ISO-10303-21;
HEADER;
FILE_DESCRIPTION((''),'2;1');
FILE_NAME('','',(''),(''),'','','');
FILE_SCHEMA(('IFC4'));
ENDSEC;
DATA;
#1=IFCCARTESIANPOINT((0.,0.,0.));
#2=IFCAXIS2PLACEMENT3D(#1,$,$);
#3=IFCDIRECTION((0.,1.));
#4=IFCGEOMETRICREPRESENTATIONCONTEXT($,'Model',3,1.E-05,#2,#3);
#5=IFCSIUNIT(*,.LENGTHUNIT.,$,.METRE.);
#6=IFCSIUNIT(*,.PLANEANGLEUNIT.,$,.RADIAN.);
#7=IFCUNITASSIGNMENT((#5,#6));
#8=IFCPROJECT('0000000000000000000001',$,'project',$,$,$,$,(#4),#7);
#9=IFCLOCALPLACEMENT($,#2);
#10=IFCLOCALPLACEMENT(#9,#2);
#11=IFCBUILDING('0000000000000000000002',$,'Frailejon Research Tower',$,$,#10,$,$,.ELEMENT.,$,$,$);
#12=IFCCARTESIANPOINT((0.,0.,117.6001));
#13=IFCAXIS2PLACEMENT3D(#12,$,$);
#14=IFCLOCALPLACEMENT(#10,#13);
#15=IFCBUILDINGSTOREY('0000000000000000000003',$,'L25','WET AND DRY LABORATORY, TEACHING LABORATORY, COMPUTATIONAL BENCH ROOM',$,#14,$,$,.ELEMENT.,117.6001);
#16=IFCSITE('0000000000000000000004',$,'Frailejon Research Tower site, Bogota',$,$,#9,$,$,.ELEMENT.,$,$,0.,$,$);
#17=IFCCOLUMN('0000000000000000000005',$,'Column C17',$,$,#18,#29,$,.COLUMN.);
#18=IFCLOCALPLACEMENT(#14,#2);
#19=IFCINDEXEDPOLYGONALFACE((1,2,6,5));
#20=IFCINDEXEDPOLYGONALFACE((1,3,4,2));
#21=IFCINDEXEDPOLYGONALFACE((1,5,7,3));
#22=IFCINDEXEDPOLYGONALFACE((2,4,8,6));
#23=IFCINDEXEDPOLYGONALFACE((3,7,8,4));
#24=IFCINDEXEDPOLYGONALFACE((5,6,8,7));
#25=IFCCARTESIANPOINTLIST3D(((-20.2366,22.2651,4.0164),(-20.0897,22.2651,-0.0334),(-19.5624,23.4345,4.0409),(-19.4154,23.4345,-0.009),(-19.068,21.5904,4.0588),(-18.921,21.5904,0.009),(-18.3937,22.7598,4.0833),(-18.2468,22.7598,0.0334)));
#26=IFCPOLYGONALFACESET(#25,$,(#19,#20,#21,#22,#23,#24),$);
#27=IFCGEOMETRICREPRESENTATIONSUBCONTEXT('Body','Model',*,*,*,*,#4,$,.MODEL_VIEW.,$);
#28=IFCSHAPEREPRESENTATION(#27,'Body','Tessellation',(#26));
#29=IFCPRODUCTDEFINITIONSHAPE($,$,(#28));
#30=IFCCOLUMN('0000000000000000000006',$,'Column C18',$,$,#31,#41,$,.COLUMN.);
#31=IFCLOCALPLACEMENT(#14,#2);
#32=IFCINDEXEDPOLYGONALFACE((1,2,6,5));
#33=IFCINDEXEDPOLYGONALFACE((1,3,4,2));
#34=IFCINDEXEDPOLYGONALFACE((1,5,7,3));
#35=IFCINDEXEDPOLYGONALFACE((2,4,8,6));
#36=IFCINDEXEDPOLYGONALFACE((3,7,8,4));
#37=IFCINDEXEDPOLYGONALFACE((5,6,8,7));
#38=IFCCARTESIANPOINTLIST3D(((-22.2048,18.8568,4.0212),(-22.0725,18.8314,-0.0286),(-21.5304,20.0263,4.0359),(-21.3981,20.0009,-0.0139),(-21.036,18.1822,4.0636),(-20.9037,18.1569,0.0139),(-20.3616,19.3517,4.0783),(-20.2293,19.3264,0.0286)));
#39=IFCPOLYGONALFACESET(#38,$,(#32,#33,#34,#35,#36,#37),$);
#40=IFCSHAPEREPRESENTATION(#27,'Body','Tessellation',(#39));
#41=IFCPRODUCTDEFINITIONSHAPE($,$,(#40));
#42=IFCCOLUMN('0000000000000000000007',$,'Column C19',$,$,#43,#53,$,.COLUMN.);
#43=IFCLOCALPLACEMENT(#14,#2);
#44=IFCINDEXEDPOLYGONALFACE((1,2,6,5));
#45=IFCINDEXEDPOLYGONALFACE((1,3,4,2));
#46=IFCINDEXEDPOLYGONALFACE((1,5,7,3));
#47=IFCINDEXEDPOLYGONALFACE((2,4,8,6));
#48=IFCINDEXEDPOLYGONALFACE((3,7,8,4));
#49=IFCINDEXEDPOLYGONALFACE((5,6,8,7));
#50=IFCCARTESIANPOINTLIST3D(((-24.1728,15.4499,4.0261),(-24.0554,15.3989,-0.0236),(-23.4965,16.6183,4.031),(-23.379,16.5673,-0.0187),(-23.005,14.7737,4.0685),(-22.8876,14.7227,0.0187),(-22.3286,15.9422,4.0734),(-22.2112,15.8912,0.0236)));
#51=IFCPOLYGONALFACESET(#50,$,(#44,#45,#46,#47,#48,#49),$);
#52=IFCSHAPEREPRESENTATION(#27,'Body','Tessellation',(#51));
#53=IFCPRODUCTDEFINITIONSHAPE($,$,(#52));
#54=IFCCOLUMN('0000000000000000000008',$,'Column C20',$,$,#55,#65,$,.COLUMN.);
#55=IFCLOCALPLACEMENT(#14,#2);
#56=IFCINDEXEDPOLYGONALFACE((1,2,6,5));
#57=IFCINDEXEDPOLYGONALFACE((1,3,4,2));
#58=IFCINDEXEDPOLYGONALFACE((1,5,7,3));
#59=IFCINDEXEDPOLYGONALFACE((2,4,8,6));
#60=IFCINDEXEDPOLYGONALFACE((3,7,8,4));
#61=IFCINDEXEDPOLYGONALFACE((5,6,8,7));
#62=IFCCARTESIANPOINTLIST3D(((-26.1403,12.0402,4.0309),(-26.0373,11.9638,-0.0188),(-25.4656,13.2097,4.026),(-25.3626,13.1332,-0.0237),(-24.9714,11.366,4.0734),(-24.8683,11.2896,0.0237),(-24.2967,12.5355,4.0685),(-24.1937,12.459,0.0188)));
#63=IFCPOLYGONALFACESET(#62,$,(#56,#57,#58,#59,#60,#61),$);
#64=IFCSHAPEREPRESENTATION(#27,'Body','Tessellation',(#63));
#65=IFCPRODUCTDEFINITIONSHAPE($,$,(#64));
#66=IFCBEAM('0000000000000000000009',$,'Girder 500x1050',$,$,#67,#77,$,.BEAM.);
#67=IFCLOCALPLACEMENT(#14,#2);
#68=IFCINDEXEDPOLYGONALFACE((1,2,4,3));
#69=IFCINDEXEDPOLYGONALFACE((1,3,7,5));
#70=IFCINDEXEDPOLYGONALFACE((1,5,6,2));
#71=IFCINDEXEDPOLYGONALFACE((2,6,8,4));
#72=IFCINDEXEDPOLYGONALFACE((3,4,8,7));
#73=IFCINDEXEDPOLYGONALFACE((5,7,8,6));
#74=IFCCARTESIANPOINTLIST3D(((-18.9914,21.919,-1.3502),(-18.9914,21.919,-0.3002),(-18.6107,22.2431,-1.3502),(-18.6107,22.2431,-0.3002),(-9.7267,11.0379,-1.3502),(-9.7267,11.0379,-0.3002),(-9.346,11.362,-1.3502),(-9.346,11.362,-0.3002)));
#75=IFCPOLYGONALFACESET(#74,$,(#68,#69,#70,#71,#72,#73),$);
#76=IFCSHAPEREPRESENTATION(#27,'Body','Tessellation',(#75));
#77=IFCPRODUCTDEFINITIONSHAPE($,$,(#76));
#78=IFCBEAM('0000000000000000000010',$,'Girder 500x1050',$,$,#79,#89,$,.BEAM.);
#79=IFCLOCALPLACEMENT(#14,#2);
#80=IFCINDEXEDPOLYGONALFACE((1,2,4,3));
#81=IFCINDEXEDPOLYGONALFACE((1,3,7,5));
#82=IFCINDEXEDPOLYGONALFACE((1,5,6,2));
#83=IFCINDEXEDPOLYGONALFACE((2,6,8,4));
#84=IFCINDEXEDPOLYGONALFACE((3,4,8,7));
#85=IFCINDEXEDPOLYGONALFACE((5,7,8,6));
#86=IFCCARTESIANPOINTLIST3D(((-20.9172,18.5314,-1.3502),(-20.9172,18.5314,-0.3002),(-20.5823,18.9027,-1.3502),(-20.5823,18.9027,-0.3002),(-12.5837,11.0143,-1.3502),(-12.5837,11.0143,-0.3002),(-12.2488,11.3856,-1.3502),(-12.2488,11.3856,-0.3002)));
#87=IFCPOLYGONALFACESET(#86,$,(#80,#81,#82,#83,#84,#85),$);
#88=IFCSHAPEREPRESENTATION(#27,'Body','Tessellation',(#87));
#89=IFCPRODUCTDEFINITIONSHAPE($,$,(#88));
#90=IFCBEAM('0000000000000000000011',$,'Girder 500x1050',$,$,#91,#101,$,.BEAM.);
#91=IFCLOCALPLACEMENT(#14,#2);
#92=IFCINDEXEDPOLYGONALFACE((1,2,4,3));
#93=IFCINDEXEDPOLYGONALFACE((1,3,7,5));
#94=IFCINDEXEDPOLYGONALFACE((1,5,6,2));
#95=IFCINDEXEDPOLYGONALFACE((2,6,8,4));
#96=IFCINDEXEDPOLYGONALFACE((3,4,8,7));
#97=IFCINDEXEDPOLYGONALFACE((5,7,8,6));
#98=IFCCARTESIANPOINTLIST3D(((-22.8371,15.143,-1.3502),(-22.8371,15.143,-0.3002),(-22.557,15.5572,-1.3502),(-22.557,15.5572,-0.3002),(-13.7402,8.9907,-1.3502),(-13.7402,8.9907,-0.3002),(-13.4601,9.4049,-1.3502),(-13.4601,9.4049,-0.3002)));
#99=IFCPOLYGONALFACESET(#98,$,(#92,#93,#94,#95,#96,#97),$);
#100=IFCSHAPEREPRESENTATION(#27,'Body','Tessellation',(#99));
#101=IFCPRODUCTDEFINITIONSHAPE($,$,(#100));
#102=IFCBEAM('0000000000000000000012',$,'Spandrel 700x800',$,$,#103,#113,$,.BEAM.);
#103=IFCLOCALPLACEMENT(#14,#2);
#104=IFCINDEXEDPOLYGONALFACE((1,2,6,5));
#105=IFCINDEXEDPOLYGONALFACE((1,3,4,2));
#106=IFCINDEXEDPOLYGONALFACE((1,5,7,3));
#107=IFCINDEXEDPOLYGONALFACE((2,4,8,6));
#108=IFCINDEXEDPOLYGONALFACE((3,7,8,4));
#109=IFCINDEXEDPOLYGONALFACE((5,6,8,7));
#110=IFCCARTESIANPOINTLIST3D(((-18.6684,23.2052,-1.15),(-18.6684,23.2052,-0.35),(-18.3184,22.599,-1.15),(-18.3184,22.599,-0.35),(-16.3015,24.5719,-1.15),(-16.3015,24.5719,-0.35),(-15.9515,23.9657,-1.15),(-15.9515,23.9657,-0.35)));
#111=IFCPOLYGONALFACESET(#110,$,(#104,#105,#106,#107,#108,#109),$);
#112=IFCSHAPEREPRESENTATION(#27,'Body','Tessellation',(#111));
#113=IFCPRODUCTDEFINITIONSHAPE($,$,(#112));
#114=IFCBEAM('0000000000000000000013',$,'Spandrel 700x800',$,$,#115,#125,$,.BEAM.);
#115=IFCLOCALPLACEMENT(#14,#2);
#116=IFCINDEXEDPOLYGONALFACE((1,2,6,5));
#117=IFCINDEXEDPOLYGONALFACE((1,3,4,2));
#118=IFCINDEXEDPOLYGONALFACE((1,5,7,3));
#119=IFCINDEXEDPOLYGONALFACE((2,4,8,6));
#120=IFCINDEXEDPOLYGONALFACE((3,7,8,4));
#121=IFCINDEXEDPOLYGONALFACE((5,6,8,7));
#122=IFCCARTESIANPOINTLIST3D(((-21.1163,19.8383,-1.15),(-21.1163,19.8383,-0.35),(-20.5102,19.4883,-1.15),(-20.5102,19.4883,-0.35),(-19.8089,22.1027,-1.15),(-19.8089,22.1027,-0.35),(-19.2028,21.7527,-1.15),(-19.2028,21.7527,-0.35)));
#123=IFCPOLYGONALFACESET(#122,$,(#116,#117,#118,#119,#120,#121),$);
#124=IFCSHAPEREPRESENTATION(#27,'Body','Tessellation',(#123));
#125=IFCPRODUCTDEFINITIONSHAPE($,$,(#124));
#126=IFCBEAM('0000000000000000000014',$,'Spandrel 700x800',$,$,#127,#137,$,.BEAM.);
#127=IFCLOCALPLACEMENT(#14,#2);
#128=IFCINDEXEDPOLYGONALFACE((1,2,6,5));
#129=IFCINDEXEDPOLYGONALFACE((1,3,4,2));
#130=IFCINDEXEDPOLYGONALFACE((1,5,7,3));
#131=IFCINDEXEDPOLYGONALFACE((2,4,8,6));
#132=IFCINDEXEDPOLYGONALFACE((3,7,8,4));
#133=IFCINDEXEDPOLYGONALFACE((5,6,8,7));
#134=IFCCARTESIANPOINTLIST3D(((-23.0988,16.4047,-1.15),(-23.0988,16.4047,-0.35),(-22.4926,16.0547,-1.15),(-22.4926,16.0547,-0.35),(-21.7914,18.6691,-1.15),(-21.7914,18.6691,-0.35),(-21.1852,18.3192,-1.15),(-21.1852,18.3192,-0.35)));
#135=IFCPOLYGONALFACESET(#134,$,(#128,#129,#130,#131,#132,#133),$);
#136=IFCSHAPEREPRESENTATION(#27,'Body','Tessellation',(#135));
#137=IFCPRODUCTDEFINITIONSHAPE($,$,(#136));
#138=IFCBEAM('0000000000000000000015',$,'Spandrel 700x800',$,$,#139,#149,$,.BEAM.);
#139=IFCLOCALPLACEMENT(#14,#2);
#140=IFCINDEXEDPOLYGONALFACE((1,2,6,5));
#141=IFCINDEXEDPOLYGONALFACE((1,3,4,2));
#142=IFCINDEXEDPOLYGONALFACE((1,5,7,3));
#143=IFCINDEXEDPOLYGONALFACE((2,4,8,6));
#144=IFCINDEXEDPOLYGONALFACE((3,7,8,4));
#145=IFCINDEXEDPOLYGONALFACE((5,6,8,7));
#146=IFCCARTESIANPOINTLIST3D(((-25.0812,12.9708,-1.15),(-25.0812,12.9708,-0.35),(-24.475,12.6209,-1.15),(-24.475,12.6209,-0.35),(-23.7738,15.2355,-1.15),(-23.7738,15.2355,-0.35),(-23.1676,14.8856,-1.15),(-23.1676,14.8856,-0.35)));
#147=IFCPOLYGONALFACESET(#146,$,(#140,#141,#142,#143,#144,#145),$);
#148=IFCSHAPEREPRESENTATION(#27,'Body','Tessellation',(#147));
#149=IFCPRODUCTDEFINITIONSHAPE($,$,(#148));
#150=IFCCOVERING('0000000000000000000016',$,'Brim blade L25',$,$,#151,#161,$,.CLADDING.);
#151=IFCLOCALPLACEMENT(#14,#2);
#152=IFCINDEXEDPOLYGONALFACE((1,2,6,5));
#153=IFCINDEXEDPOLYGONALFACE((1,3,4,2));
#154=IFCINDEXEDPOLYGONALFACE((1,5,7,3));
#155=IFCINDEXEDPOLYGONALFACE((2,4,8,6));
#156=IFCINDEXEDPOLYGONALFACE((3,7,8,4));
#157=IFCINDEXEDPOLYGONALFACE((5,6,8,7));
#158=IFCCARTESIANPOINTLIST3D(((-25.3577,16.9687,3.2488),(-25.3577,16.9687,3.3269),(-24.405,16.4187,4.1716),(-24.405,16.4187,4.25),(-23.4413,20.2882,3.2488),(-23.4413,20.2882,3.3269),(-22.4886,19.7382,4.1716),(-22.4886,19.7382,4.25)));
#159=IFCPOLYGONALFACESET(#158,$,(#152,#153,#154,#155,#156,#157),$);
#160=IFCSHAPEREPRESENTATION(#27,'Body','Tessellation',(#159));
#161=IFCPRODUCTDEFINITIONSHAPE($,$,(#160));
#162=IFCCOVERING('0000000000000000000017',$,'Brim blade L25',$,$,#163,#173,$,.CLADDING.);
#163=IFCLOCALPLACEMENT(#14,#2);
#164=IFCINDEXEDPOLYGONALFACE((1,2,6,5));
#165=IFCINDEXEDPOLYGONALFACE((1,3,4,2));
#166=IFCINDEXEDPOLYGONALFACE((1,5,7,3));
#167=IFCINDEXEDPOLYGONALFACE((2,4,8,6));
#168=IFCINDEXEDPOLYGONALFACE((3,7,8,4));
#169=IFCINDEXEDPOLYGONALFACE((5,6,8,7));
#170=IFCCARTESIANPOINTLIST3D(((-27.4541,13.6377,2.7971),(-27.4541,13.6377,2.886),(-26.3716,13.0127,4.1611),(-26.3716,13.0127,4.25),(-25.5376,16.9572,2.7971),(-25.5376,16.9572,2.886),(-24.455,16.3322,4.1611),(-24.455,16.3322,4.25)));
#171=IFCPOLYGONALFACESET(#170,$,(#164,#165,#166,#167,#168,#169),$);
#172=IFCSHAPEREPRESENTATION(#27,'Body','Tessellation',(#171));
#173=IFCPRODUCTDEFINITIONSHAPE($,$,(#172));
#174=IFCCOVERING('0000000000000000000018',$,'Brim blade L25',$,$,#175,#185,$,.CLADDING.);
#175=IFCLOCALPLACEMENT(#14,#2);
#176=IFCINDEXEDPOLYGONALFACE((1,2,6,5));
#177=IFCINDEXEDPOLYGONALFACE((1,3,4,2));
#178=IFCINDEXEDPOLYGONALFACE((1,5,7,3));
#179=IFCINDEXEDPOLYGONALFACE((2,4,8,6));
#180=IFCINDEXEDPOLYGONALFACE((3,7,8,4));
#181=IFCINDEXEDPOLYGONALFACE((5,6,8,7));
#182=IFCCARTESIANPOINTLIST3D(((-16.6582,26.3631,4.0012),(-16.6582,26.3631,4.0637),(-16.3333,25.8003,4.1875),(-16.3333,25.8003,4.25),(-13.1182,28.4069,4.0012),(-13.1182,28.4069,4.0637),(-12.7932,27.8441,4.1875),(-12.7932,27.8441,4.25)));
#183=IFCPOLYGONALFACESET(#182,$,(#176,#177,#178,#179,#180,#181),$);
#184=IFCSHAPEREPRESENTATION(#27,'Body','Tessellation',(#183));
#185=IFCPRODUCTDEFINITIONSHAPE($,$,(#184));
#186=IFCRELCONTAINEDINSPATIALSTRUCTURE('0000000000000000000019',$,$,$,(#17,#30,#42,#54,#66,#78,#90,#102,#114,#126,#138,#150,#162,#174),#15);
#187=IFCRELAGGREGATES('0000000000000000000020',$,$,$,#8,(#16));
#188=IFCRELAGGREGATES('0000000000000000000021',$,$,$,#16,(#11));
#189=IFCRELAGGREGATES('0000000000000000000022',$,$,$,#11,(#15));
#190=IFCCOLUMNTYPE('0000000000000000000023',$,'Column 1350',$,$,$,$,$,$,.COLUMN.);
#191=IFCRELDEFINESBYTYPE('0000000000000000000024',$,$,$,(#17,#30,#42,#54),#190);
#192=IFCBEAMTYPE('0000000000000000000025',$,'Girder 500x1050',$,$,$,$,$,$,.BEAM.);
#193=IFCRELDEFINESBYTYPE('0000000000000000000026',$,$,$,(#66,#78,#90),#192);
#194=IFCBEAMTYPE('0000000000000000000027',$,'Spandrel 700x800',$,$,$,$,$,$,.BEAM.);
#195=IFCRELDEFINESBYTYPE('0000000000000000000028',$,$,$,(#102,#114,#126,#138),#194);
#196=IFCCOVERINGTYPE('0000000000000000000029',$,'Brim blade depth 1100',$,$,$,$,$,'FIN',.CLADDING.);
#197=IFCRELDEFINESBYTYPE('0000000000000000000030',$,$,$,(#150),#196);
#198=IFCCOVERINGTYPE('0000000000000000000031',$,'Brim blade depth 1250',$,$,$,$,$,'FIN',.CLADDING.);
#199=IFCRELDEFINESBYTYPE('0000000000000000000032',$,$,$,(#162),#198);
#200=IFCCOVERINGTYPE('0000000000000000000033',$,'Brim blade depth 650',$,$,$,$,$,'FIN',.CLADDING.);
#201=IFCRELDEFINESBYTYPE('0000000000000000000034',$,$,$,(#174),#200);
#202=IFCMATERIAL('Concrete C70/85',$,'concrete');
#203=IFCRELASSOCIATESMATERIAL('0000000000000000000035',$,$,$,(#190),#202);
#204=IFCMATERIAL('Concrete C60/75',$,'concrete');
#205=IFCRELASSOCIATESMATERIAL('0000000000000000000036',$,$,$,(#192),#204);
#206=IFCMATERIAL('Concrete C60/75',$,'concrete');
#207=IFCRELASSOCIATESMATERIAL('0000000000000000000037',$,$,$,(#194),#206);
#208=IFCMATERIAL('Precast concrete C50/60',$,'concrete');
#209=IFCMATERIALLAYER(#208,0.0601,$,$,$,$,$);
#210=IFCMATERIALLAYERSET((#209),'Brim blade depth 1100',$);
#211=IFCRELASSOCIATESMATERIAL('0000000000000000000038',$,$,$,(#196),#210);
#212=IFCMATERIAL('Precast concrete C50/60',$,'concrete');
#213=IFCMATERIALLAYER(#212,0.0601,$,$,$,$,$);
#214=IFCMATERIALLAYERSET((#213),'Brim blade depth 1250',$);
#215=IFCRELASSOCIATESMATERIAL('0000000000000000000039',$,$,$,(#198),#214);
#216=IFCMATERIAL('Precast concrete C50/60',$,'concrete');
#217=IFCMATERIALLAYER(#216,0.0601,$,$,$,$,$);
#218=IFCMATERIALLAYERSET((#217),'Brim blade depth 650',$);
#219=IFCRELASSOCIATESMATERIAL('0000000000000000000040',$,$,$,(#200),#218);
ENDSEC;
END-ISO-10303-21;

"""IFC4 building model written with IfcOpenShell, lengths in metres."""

from ifc_helpers import new_model, si_unit, direction, frame, origin, origin_2d, place, context, subcontext, project, spatial, polyline, rectangle, outline, extrude, material, layer, layer_set, material_profile, profile_set, type_object, element, save


model = new_model("IFC4")

# Units and contexts
model_context = context("Model", 3, precision=1e-05, world=origin(), true_north=direction((0.0, 1.0)))
body_context = subcontext(model_context, "Body", "Model", "MODEL_VIEW")
ifc_project = project(units=[si_unit("LENGTHUNIT", "METRE"), si_unit("PLANEANGLEUNIT", "RADIAN")], contexts=[model_context])

# Site, building, storey
site_placement = place(None, origin())
site = spatial("IfcSite", under=ifc_project, at=site_placement, Name="Frailejon Research Tower site, Bogota", CompositionType="ELEMENT", RefElevation=0.0)
building_placement = place(site_placement, origin())
building = spatial("IfcBuilding", under=site, at=building_placement, Name="Frailejon Research Tower", CompositionType="ELEMENT")
storey_placement = place(building_placement, frame((0.0, 0.0, 117.6001)))
storey = spatial("IfcBuildingStorey", under=building, at=storey_placement, Name="L25", Description="WET AND DRY LABORATORY, TEACHING LABORATORY, COMPUTATIONAL BENCH ROOM", CompositionType="ELEMENT", Elevation=117.6001)

# Columns
ifc_material_1 = material(Name="Concrete C70/85", Category="concrete")
ifc_material_profile_1 = material_profile(ifc_material_1, rectangle(XDim=1.3501, YDim=1.3501, at=origin_2d()), Name="Column 1350")
ifc_profile_set_1 = profile_set([ifc_material_profile_1], Name="Concrete C70/85")
column_type = type_object("IfcColumnType", Name="Column 1350", PredefinedType="COLUMN", material=ifc_profile_set_1)
column_1_placement = place(storey_placement, frame((-19.1682, 22.5125, 0.0), z_axis=(-0.036267, 0.0, 0.999342), x_axis=(-0.499425, -0.866168, -0.018125)))
element("IfcColumn", 1, at=column_1_placement, inside=storey, type_object=column_type, Name="Column C17", PredefinedType="COLUMN", context=body_context, shape_type="SweptSolid", body=[
    extrude(rectangle(XDim=1.3501, YDim=1.3501, at=origin_2d()), origin(), (0.0, 0.0, 1.0), 4.0525),
])
column_2_placement = place(storey_placement, frame((-21.1509, 19.0789, 0.0), z_axis=(-0.032656, 0.006266, 0.999447), x_axis=(-0.49952, -0.866234, -0.01089)))
element("IfcColumn", 2, at=column_2_placement, inside=storey, type_object=column_type, Name="Column C18", PredefinedType="COLUMN", context=body_context, shape_type="SweptSolid", body=[
    extrude(rectangle(XDim=1.3501, YDim=1.3501, at=origin_2d()), origin(), (0.0, 0.0, 1.0), 4.052),
])
for number, where, z_axis, x_axis, name in (
    (3, (-23.1333, 15.645, 0.0), (-0.028982, 0.012593, 0.999501), (-0.500966, -0.865459, -0.003622), "Column C19"),
    (4, (-25.1155, 12.2114, 0.0), (-0.025427, 0.01886, 0.999499), (-0.49971, -0.866185, 0.003631), "Column C20"),
):
    element("IfcColumn", number, at=place(storey_placement, frame(where, z_axis=z_axis, x_axis=x_axis)), inside=storey, type_object=column_type, Name=name, PredefinedType="COLUMN", context=body_context, shape_type="SweptSolid", body=[
        extrude(rectangle(XDim=1.3501, YDim=1.3501, at=origin_2d()), origin(), (0.0, 0.0, 1.0), 4.0518),
    ])

# Beams
ifc_material_2 = material(Name="Concrete C60/75", Category="concrete")
ifc_material_profile_2 = material_profile(ifc_material_2, rectangle(XDim=0.5, YDim=1.05, at=origin_2d()), Name="Girder 500x1050")
ifc_profile_set_2 = profile_set([ifc_material_profile_2], Name="Concrete C60/75")
beam_type_1 = type_object("IfcBeamType", Name="Girder 500x1050", PredefinedType="BEAM", material=ifc_profile_set_2)
beam_1_placement = place(storey_placement, frame((-18.801, 22.0811, -0.8252), z_axis=(0.648286, -0.761397, 0.0), x_axis=(0.761397, 0.648286, 0.0)))
element("IfcBeam", 5, at=beam_1_placement, inside=storey, type_object=beam_type_1, Name="Girder 500x1050", PredefinedType="BEAM", context=body_context, shape_type="SweptSolid", body=[
    extrude(rectangle(XDim=0.5, YDim=1.05, at=origin_2d()), origin(), (0.0, 0.0, 1.0), 14.291),
])
beam_2_placement = place(storey_placement, frame((-20.7498, 18.717, -0.8252), z_axis=(0.742543, -0.669798, 0.0), x_axis=(0.669798, 0.742543, 0.0)))
element("IfcBeam", 6, at=beam_2_placement, inside=storey, type_object=beam_type_1, Name="Girder 500x1050", PredefinedType="BEAM", context=body_context, shape_type="SweptSolid", body=[
    extrude(rectangle(XDim=0.5, YDim=1.05, at=origin_2d()), origin(), (0.0, 0.0, 1.0), 11.2229),
])
beam_3_placement = place(storey_placement, frame((-22.697, 15.3501, -0.8252), z_axis=(0.828345, -0.560218, 0.0), x_axis=(0.560218, 0.828345, 0.0)))
element("IfcBeam", 7, at=beam_3_placement, inside=storey, type_object=beam_type_1, Name="Girder 500x1050", PredefinedType="BEAM", context=body_context, shape_type="SweptSolid", body=[
    extrude(rectangle(XDim=0.5, YDim=1.05, at=origin_2d()), origin(), (0.0, 0.0, 1.0), 10.9819),
])
ifc_material_3 = material(Name="Concrete C60/75", Category="concrete")
ifc_material_profile_3 = material_profile(ifc_material_3, rectangle(XDim=0.7, YDim=0.8, at=origin_2d()), Name="Spandrel 700x800")
ifc_profile_set_3 = profile_set([ifc_material_profile_3], Name="Concrete C60/75")
beam_type_2 = type_object("IfcBeamType", Name="Spandrel 700x800", PredefinedType="BEAM", material=ifc_profile_set_3)
beam_4_placement = place(storey_placement, frame((-16.1265, 24.2688, -0.75), z_axis=(-0.866003, -0.500039, 0.0), x_axis=(0.500039, -0.866003, 0.0)))
element("IfcBeam", 8, at=beam_4_placement, inside=storey, type_object=beam_type_2, Name="Spandrel 700x800", PredefinedType="BEAM", context=body_context, shape_type="SweptSolid", body=[
    extrude(rectangle(XDim=0.7, YDim=0.8, at=origin_2d()), origin(), (0.0, 0.0, 1.0), 2.7332),
])
for number, where, z_axis, x_axis, name in (
    (9, (-19.5059, 21.9277, -0.75), (-0.500005, -0.866022, 0.0), (0.866022, -0.500005, 0.0), "Spandrel 700x800"),
    (10, (-21.4883, 18.4941, -0.75), (-0.500005, -0.866022, 0.0), (0.866022, -0.500005, 0.0), "Spandrel 700x800"),
):
    element("IfcBeam", number, at=place(storey_placement, frame(where, z_axis=z_axis, x_axis=x_axis)), inside=storey, type_object=beam_type_2, Name=name, PredefinedType="BEAM", context=body_context, shape_type="SweptSolid", body=[
        extrude(rectangle(XDim=0.7, YDim=0.8, at=origin_2d()), origin(), (0.0, 0.0, 1.0), 2.6147),
    ])
beam_5_placement = place(storey_placement, frame((-23.4707, 15.0605, -0.75), z_axis=(-0.499965, -0.866046, 0.0), x_axis=(0.866046, -0.499965, 0.0)))
element("IfcBeam", 11, at=beam_5_placement, inside=storey, type_object=beam_type_2, Name="Spandrel 700x800", PredefinedType="BEAM", context=body_context, shape_type="SweptSolid", body=[
    extrude(rectangle(XDim=0.7, YDim=0.8, at=origin_2d()), origin(), (0.0, 0.0, 1.0), 2.615),
])

# Coverings
ifc_material_4 = material(Name="Precast concrete C50/60", Category="concrete")
ifc_layer_1 = layer(ifc_material_4, 0.0601)
ifc_layer_set_1 = layer_set([ifc_layer_1], Name="Brim blade depth 1100")
covering_type_1 = type_object("IfcCoveringType", Name="Brim blade depth 1100", ElementType="FIN", PredefinedType="CLADDING", material=ifc_layer_set_1)
covering_1_placement = place(storey_placement, frame((-24.405, 16.4187, 4.25), z_axis=(0.49999, 0.866031, 0.0), x_axis=(-0.866031, 0.49999, 0.0)))
element("IfcCovering", 12, at=covering_1_placement, inside=storey, type_object=covering_type_1, Name="Brim blade L25", PredefinedType="CLADDING", context=body_context, shape_type="SweptSolid", body=[
    extrude(outline(polyline([(0.0, -0.0784), (1.1001, -1.0012), (1.1001, -0.9231), (0.0, 0.0), (0.0, -0.0784)])), origin(), (0.0, 0.0, 1.0), 3.833),
])
ifc_material_5 = material(Name="Precast concrete C50/60", Category="concrete")
ifc_layer_2 = layer(ifc_material_5, 0.0601)
ifc_layer_set_2 = layer_set([ifc_layer_2], Name="Brim blade depth 1250")
covering_type_2 = type_object("IfcCoveringType", Name="Brim blade depth 1250", ElementType="FIN", PredefinedType="CLADDING", material=ifc_layer_set_2)
covering_2_placement = place(storey_placement, frame((-26.3716, 13.0127, 4.25), z_axis=(0.500009, 0.86602, 0.0), x_axis=(-0.86602, 0.500009, 0.0)))
element("IfcCovering", 13, at=covering_2_placement, inside=storey, type_object=covering_type_2, Name="Brim blade L25", PredefinedType="CLADDING", context=body_context, shape_type="SweptSolid", body=[
    extrude(outline(polyline([(0.0, -0.0889), (1.25, -1.4529), (1.25, -1.364), (0.0, 0.0), (0.0, -0.0889)])), origin(), (0.0, 0.0, 1.0), 3.833),
])
ifc_material_6 = material(Name="Precast concrete C50/60", Category="concrete")
ifc_layer_3 = layer(ifc_material_6, 0.0601)
ifc_layer_set_3 = layer_set([ifc_layer_3], Name="Brim blade depth 650")
covering_type_3 = type_object("IfcCoveringType", Name="Brim blade depth 650", ElementType="FIN", PredefinedType="CLADDING", material=ifc_layer_set_3)
covering_3_placement = place(storey_placement, frame((-16.3333, 25.8003, 4.25), z_axis=(0.866027, 0.499997, 0.0), x_axis=(-0.499997, 0.866027, 0.0)))
element("IfcCovering", 14, at=covering_3_placement, inside=storey, type_object=covering_type_3, Name="Brim blade L25", PredefinedType="CLADDING", context=body_context, shape_type="SweptSolid", body=[
    extrude(outline(polyline([(0.0, -0.0625), (0.6499, -0.2488), (0.6499, -0.1863), (0.0, 0.0), (0.0, -0.0625)])), origin(), (0.0, 0.0, 1.0), 4.0876),
])

save(model, "model.ifc")
